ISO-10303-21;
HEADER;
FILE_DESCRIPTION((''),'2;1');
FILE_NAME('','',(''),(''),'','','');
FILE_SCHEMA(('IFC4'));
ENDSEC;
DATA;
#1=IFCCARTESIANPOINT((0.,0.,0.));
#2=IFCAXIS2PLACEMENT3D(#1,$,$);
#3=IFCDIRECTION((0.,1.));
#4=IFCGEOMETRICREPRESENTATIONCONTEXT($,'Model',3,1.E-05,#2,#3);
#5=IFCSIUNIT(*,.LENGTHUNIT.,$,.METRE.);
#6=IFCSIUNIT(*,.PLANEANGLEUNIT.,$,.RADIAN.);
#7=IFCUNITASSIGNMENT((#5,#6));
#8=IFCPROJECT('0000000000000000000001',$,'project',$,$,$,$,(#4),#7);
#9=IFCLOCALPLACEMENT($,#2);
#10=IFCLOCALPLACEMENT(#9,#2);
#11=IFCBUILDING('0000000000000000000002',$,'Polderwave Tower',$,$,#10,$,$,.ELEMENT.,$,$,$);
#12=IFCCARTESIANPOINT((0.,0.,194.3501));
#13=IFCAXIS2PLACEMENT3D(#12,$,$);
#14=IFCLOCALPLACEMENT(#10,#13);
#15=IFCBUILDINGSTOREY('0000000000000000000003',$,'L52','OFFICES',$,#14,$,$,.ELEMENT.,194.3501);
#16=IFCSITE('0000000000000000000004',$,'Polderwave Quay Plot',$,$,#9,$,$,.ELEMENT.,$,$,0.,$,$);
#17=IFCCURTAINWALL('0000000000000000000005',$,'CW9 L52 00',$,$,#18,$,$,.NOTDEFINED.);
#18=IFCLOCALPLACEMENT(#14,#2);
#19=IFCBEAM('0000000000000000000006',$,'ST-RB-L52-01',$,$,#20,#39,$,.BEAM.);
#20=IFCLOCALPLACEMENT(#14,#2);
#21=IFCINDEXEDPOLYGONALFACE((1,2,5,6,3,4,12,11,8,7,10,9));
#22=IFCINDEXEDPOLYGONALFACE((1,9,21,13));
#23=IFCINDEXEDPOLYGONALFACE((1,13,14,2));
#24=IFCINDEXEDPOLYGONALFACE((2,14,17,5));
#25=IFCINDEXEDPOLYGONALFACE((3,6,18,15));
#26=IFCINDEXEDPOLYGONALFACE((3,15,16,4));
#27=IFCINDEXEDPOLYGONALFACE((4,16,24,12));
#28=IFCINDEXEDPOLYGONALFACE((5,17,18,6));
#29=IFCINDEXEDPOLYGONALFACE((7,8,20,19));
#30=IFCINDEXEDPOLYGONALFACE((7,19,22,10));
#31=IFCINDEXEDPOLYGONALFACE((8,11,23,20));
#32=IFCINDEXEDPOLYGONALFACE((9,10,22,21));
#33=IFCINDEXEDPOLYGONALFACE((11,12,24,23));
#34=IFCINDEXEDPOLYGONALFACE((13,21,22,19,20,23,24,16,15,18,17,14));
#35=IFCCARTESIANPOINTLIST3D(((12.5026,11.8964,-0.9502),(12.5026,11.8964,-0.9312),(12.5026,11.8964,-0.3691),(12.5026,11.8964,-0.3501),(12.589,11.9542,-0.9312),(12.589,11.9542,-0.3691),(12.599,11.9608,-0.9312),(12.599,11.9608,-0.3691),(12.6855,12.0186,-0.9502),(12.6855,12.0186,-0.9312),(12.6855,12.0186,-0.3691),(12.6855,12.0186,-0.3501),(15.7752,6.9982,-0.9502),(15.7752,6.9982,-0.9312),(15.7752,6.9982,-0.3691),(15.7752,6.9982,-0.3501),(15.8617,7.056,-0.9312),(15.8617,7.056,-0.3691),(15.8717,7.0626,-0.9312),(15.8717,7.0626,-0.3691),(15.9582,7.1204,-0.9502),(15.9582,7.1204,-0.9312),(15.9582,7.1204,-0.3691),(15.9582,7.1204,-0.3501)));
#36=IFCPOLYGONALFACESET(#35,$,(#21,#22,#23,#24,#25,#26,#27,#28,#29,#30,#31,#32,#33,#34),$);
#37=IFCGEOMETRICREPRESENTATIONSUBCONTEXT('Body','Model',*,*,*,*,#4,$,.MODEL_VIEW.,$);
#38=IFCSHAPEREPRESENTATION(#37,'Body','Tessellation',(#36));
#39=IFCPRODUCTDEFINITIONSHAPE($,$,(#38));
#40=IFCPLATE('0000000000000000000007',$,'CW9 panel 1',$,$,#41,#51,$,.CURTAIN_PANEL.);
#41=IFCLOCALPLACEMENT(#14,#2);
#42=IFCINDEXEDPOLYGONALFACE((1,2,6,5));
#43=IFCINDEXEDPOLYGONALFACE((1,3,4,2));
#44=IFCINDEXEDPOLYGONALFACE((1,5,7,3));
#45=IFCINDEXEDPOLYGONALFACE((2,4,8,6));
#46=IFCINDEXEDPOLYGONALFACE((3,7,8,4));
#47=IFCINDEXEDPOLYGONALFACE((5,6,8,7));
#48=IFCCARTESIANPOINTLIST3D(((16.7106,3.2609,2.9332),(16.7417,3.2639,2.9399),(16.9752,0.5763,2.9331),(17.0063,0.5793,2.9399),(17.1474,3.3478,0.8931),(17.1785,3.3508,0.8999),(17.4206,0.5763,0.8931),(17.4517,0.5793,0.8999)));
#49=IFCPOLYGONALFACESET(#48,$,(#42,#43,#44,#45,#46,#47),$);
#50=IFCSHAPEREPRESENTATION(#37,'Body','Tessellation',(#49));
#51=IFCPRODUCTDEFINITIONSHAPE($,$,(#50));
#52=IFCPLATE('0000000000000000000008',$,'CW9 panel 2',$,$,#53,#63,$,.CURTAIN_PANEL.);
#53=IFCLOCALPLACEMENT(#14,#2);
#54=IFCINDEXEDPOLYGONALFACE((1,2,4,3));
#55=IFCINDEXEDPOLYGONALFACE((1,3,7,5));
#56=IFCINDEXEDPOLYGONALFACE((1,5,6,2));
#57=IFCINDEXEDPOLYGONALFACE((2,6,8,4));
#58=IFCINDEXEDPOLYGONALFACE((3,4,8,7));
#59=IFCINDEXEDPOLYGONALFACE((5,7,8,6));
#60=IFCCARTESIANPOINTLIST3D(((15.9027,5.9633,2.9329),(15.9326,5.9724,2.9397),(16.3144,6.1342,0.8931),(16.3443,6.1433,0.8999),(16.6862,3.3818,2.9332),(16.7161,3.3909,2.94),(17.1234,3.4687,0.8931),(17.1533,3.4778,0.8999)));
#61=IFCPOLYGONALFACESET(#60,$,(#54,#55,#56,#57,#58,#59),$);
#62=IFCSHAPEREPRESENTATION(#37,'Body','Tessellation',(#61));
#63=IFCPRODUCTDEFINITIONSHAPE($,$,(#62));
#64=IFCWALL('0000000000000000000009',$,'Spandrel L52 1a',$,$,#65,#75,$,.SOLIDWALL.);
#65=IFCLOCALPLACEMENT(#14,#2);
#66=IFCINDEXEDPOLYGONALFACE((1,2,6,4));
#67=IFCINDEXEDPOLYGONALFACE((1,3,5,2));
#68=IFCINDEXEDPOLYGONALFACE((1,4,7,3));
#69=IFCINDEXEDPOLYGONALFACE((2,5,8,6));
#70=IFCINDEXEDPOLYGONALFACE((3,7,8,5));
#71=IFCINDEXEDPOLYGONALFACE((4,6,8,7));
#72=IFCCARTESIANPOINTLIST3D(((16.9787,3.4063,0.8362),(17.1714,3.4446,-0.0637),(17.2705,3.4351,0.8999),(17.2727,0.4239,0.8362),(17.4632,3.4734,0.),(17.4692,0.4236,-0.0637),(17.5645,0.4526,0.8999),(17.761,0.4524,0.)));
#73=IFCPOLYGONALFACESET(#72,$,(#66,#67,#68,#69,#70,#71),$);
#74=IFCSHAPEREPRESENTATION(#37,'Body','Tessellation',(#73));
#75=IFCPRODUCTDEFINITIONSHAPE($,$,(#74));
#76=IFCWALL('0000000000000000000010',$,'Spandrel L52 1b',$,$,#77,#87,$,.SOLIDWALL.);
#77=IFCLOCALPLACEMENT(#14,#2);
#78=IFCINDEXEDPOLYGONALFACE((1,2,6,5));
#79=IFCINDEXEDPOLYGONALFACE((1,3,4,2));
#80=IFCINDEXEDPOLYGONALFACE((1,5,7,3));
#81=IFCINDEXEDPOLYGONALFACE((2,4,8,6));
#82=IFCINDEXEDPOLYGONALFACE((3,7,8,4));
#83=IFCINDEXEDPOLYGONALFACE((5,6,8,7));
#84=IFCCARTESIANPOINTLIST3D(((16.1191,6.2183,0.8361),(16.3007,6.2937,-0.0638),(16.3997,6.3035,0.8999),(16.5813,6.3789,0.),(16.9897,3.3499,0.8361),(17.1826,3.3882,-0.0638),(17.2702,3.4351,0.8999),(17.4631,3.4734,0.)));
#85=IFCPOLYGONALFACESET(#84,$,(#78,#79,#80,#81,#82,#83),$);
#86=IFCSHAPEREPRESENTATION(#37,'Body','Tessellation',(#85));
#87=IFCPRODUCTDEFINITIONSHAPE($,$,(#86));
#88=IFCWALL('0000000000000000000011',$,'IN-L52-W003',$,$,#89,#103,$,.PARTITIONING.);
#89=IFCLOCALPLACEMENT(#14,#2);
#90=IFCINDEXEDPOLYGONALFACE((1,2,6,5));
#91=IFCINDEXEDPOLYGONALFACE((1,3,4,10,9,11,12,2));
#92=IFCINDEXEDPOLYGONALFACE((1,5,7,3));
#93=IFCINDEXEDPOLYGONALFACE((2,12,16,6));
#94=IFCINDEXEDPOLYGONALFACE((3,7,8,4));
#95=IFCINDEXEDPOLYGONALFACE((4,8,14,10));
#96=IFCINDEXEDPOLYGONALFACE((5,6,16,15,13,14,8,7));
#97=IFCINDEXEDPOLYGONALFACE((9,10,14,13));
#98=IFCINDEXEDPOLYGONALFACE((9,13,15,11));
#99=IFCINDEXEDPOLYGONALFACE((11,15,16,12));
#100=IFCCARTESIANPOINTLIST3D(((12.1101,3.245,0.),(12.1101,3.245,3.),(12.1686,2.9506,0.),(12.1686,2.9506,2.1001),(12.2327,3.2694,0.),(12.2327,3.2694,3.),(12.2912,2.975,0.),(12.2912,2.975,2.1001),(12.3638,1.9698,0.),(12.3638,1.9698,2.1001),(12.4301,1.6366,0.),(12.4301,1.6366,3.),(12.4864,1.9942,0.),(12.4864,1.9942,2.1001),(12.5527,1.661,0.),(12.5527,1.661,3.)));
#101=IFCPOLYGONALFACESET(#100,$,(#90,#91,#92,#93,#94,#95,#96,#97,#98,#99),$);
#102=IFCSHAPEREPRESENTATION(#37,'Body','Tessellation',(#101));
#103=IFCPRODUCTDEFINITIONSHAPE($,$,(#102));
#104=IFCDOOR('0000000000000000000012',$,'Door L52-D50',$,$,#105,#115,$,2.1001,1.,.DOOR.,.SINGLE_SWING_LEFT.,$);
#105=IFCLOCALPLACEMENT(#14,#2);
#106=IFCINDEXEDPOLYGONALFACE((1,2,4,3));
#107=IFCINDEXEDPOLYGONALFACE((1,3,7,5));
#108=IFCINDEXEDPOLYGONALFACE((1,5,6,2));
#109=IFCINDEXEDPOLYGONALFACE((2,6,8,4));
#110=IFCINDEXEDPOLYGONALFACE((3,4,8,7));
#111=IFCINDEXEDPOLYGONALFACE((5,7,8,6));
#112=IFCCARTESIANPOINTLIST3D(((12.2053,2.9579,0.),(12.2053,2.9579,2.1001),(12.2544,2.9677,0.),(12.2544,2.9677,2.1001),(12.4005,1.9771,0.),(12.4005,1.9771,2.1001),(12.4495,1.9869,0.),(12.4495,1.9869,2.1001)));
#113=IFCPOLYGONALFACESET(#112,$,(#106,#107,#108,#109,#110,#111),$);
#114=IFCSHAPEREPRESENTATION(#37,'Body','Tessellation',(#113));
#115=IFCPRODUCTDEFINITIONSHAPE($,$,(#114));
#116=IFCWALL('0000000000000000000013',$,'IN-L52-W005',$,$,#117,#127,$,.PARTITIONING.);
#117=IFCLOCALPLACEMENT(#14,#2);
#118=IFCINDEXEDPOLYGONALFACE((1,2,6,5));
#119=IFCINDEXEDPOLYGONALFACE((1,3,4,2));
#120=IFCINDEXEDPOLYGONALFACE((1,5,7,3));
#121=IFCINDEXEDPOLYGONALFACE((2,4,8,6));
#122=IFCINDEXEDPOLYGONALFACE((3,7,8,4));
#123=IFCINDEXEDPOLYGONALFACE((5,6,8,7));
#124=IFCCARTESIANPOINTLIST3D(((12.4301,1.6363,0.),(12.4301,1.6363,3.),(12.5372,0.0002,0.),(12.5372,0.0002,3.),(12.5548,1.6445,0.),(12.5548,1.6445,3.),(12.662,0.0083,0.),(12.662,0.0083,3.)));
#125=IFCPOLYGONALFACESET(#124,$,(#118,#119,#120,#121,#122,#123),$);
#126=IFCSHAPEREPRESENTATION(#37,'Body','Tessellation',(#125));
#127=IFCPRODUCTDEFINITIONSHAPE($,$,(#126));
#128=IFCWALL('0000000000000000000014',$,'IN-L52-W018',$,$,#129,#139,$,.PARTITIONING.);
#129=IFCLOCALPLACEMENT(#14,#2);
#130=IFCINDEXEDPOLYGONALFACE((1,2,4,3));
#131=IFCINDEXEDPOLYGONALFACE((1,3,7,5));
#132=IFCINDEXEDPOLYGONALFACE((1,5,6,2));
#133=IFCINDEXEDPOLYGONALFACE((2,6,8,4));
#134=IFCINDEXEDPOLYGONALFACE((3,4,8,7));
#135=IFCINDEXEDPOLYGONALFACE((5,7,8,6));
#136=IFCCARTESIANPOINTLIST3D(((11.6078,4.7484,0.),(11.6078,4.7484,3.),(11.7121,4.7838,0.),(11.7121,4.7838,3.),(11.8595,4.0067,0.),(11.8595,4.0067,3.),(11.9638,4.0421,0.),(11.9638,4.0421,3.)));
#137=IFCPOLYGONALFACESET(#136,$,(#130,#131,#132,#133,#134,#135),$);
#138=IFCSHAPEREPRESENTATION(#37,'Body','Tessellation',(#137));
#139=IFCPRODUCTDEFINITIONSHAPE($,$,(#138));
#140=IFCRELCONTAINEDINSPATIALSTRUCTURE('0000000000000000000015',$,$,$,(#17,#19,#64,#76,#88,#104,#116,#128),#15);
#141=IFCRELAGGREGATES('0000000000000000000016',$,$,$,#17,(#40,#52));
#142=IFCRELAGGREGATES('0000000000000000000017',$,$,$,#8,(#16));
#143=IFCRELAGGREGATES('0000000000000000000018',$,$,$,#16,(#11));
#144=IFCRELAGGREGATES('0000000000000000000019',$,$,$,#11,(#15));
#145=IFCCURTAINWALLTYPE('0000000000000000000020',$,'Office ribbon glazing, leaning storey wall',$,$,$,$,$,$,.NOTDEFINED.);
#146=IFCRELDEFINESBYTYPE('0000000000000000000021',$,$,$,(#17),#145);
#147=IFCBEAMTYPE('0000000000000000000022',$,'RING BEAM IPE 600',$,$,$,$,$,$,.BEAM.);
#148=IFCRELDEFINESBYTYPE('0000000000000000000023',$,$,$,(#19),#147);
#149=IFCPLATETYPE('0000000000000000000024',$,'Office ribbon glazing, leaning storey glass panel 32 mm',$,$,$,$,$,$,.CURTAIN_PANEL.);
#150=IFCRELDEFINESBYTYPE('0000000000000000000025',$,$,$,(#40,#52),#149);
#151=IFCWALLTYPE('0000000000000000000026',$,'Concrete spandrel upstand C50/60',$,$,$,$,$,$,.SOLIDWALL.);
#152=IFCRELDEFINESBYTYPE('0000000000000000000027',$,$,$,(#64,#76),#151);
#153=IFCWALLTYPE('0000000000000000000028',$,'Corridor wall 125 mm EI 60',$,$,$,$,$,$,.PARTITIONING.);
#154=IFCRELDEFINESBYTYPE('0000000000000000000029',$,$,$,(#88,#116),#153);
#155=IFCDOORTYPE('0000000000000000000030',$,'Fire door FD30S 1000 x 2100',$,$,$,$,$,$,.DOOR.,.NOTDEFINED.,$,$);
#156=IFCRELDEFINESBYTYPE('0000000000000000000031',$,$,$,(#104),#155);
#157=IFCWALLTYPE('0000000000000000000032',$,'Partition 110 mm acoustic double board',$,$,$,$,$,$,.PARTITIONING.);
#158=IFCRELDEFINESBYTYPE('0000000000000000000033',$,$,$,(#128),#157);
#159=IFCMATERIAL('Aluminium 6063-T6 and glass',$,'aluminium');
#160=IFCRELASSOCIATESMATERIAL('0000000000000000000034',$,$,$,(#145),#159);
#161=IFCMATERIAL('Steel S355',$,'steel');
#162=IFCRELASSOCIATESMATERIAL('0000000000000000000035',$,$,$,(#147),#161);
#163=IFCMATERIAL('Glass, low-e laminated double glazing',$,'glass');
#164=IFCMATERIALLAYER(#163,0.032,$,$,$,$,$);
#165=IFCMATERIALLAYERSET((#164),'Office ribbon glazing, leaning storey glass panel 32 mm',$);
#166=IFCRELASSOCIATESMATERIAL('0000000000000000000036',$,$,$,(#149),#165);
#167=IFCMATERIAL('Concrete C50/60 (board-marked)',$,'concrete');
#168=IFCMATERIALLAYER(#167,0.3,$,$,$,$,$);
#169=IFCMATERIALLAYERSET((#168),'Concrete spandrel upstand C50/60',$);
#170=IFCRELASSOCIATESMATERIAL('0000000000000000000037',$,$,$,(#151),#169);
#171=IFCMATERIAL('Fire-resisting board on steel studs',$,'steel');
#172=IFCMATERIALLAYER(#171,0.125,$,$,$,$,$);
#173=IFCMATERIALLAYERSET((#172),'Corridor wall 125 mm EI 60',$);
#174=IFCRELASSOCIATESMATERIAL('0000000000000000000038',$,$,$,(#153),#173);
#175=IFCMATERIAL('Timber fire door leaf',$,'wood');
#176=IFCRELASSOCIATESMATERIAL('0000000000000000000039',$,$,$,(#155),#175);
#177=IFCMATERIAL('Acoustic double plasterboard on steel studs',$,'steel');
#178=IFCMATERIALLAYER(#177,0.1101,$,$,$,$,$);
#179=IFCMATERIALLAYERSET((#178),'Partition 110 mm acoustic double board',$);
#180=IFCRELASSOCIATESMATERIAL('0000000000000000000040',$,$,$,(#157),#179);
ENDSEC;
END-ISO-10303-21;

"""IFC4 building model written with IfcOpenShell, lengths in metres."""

from ifc_helpers import new_model, si_unit, direction, frame, frame_2d, origin, origin_2d, place, context, subcontext, project, spatial, polyline, rectangle, i_section, outline, extrude, material, layer, layer_set, material_profile, profile_set, type_object, element, fill, aggregate, save


model = new_model("IFC4")

# Units and contexts
model_context = context("Model", 3, precision=1e-05, world=origin(), true_north=direction((0.0, 1.0)))
body_context = subcontext(model_context, "Body", "Model", "MODEL_VIEW")
ifc_project = project(units=[si_unit("LENGTHUNIT", "METRE"), si_unit("PLANEANGLEUNIT", "RADIAN")], contexts=[model_context])

# Site, building, storey
site_placement = place(None, origin())
site = spatial("IfcSite", under=ifc_project, at=site_placement, Name="Polderwave Quay Plot", CompositionType="ELEMENT", RefElevation=0.0)
building_placement = place(site_placement, origin())
building = spatial("IfcBuilding", under=site, at=building_placement, Name="Polderwave Tower", CompositionType="ELEMENT")
storey_placement = place(building_placement, frame((0.0, 0.0, 194.3501)))
storey = spatial("IfcBuildingStorey", under=building, at=storey_placement, Name="L52", Description="OFFICES", CompositionType="ELEMENT", Elevation=194.3501)

# Curtain wall
ifc_material_1 = material(Name="Aluminium 6063-T6 and glass", Category="aluminium")
curtain_wall_type = type_object("IfcCurtainWallType", Name="Office ribbon glazing, leaning storey wall", PredefinedType="NOTDEFINED", material=ifc_material_1)
curtain_wall_1_placement = place(storey_placement, origin())
curtain_wall_1 = element("IfcCurtainWall", 1, at=curtain_wall_1_placement, inside=storey, type_object=curtain_wall_type, Name="CW9 L52 00", PredefinedType="NOTDEFINED")

# Beam
ifc_material_2 = material(Name="Steel S355", Category="steel")
ifc_material_profile_1 = material_profile(ifc_material_2, i_section(OverallWidth=0.22, OverallDepth=0.6001, WebThickness=0.012, FlangeThickness=0.019, at=origin_2d()), Name="IPE 600")
ifc_profile_set_1 = profile_set([ifc_material_profile_1], Name="Steel S355")
beam_type = type_object("IfcBeamType", Name="RING BEAM IPE 600", PredefinedType="BEAM", material=ifc_profile_set_1)
beam_1_placement = place(storey_placement, frame((15.8667, 7.0593, -0.6501), z_axis=(-0.555551, 0.831482, 0.0), x_axis=(-0.831482, -0.555551, 0.0)))
element("IfcBeam", 2, at=beam_1_placement, inside=storey, type_object=beam_type, Name="ST-RB-L52-01", PredefinedType="BEAM", context=body_context, shape_type="SweptSolid", body=[
    extrude(i_section(OverallWidth=0.22, OverallDepth=0.6001, WebThickness=0.012, FlangeThickness=0.019, at=origin_2d()), origin(), (0.0, 0.0, 1.0), 5.8909),
])

# Plates
ifc_material_3 = material(Name="Glass, low-e laminated double glazing", Category="glass")
ifc_layer_1 = layer(ifc_material_3, 0.032)
ifc_layer_set_1 = layer_set([ifc_layer_1], Name="Office ribbon glazing, leaning storey glass panel 32 mm")
plate_type = type_object("IfcPlateType", Name="Office ribbon glazing, leaning storey glass panel 32 mm", PredefinedType="CURTAIN_PANEL", material=ifc_layer_set_1)
plate_1_placement = place(storey_placement, frame((17.4517, 0.5793, 0.8999), z_axis=(0.972494, 0.095866, 0.212287), x_axis=(-0.098101, 0.995176, -0.000001)))
plate_1 = element("IfcPlate", 3, at=plate_1_placement, type_object=plate_type, Name="CW9 panel 1", PredefinedType="CURTAIN_PANEL", context=body_context, shape_type="SweptSolid", body=[
    extrude(outline(polyline([(0.0, 0.0), (2.7849, 0.0), (2.7413, 2.0876), (0.0437, 2.0876), (0.0, 0.0)])), origin(), (0.0, 0.0, -1.0), 0.032),
])
plate_2_placement = place(storey_placement, frame((17.1533, 3.4778, 0.8999), z_axis=(0.935043, 0.283803, 0.212485), x_axis=(-0.290436, 0.956894, 0.000003)))
plate_2 = element("IfcPlate", 4, at=plate_2_placement, type_object=plate_type, Name="CW9 panel 2", PredefinedType="CURTAIN_PANEL", context=body_context, shape_type="SweptSolid", body=[
    extrude(outline(polyline([(0.0, 0.0), (2.7856, 0.0), (2.7416, 2.0875), (0.0438, 2.0877), (0.0, 0.0)])), origin(), (0.0, 0.0, -1.0), 0.032),
])
aggregate(curtain_wall_1, [plate_1, plate_2])

# Walls
ifc_material_4 = material(Name="Concrete C50/60 (board-marked)", Category="concrete")
ifc_layer_2 = layer(ifc_material_4, 0.3)
ifc_layer_set_2 = layer_set([ifc_layer_2], Name="Concrete spandrel upstand C50/60")
wall_type_1 = type_object("IfcWallType", Name="Concrete spandrel upstand C50/60", PredefinedType="SOLIDWALL", material=ifc_layer_set_2)
wall_1_placement = place(storey_placement, frame((17.761, 0.4524, 0.0), z_axis=(0.97249, 0.095865, 0.212304), x_axis=(-0.098102, 0.995176, 0.000004)))
element("IfcWall", 5, at=wall_1_placement, inside=storey, type_object=wall_type_1, Name="Spandrel L52 1a", PredefinedType="SOLIDWALL", context=body_context, shape_type="SweptSolid", body=[
    extrude(outline(polyline([(0.0, 0.0), (3.0356, 0.0), (3.0164, 0.9209), (0.0195, 0.9209), (0.0, 0.0)])), origin(), (0.0, 0.0, -1.0), 0.3),
])
wall_2_placement = place(storey_placement, frame((17.4631, 3.4734, 0.0), z_axis=(0.935041, 0.283794, 0.212507), x_axis=(-0.290427, 0.956897, -0.000001)))
element("IfcWall", 6, at=wall_2_placement, inside=storey, type_object=wall_type_1, Name="Spandrel L52 1b", PredefinedType="SOLIDWALL", context=body_context, shape_type="SweptSolid", body=[
    extrude(outline(polyline([(0.0, 0.0), (3.0364, 0.0), (3.017, 0.9209), (0.0193, 0.9209), (0.0, 0.0)])), origin(), (0.0, 0.0, -1.0), 0.3),
])

# Wall, opening, door
ifc_material_5 = material(Name="Fire-resisting board on steel studs", Category="steel")
ifc_layer_3 = layer(ifc_material_5, 0.125)
ifc_layer_set_3 = layer_set([ifc_layer_3], Name="Corridor wall 125 mm EI 60")
wall_type_2 = type_object("IfcWallType", Name="Corridor wall 125 mm EI 60", PredefinedType="PARTITIONING", material=ifc_layer_set_3)
wall_3_placement = place(storey_placement, frame((12.1714, 3.2571, 0.0), z_axis=(0.0, 0.0, 1.0), x_axis=(0.195171, -0.980769, 0.0)))
wall_3 = element("IfcWall", 7, at=wall_3_placement, inside=storey, type_object=wall_type_2, Name="IN-L52-W003", PredefinedType="PARTITIONING", context=body_context, shape_type="SweptSolid", body=[
    extrude(rectangle(XDim=1.6399, YDim=0.125, at=frame_2d((0.8198, 0.0))), origin(), (0.0, 0.0, 1.0), 3.0),
])
opening_placement = place(wall_3_placement, frame((0.3, 0.0, 0.0)))
opening = element("IfcOpeningElement", 8, at=opening_placement, cuts=wall_3, PredefinedType="OPENING", context=body_context, shape_type="SweptSolid", body=[
    extrude(rectangle(XDim=1.0, YDim=2.1001, at=frame_2d((0.5, 1.05))), frame((0.0, 0.0725, 0.0), z_axis=(0.0, -1.0, 0.0), x_axis=(1.0, 0.0, 0.0)), (0.0, 0.0, 1.0), 0.145),
])
ifc_material_6 = material(Name="Timber fire door leaf", Category="wood")
door_type = type_object("IfcDoorType", Name="Fire door FD30S 1000 x 2100", OperationType="NOTDEFINED", PredefinedType="DOOR", material=ifc_material_6)
door_placement = place(opening_placement, origin())
door = element("IfcDoor", 9, at=door_placement, inside=storey, type_object=door_type, Name="Door L52-D50", OperationType="SINGLE_SWING_LEFT", OverallHeight=2.1001, OverallWidth=1.0, PredefinedType="DOOR", context=body_context, shape_type="SweptSolid", body=[
    extrude(rectangle(XDim=1.0, YDim=2.1001, at=frame_2d((0.5, 1.05))), frame((0.0, 0.0249, 0.0), z_axis=(0.0, -1.0, 0.0), x_axis=(1.0, 0.0, 0.0)), (0.0, 0.0, 1.0), 0.05),
])
fill(opening, door)

# Walls
wall_4_placement = place(storey_placement, frame((12.4924, 1.6404, 0.0), z_axis=(0.0, 0.0, 1.0), x_axis=(0.065363, -0.997862, 0.0)))
element("IfcWall", 10, at=wall_4_placement, inside=storey, type_object=wall_type_2, Name="IN-L52-W005", PredefinedType="PARTITIONING", context=body_context, shape_type="SweptSolid", body=[
    extrude(rectangle(XDim=1.6396, YDim=0.125, at=frame_2d((0.8198, 0.0))), origin(), (0.0, 0.0, 1.0), 3.0),
])
ifc_material_7 = material(Name="Acoustic double plasterboard on steel studs", Category="steel")
ifc_layer_4 = layer(ifc_material_7, 0.1101)
ifc_layer_set_4 = layer_set([ifc_layer_4], Name="Partition 110 mm acoustic double board")
wall_type_3 = type_object("IfcWallType", Name="Partition 110 mm acoustic double board", PredefinedType="PARTITIONING", material=ifc_layer_set_4)
wall_5_placement = place(storey_placement, frame((11.9116, 4.0244, 0.0), z_axis=(0.0, 0.0, 1.0), x_axis=(-0.321366, 0.946955, 0.0)))
element("IfcWall", 11, at=wall_5_placement, inside=storey, type_object=wall_type_3, Name="IN-L52-W018", PredefinedType="PARTITIONING", context=body_context, shape_type="SweptSolid", body=[
    extrude(rectangle(XDim=0.7832, YDim=0.1101, at=frame_2d((0.3916, 0.0))), origin(), (0.0, 0.0, 1.0), 3.0),
])

save(model, "model.ifc")
